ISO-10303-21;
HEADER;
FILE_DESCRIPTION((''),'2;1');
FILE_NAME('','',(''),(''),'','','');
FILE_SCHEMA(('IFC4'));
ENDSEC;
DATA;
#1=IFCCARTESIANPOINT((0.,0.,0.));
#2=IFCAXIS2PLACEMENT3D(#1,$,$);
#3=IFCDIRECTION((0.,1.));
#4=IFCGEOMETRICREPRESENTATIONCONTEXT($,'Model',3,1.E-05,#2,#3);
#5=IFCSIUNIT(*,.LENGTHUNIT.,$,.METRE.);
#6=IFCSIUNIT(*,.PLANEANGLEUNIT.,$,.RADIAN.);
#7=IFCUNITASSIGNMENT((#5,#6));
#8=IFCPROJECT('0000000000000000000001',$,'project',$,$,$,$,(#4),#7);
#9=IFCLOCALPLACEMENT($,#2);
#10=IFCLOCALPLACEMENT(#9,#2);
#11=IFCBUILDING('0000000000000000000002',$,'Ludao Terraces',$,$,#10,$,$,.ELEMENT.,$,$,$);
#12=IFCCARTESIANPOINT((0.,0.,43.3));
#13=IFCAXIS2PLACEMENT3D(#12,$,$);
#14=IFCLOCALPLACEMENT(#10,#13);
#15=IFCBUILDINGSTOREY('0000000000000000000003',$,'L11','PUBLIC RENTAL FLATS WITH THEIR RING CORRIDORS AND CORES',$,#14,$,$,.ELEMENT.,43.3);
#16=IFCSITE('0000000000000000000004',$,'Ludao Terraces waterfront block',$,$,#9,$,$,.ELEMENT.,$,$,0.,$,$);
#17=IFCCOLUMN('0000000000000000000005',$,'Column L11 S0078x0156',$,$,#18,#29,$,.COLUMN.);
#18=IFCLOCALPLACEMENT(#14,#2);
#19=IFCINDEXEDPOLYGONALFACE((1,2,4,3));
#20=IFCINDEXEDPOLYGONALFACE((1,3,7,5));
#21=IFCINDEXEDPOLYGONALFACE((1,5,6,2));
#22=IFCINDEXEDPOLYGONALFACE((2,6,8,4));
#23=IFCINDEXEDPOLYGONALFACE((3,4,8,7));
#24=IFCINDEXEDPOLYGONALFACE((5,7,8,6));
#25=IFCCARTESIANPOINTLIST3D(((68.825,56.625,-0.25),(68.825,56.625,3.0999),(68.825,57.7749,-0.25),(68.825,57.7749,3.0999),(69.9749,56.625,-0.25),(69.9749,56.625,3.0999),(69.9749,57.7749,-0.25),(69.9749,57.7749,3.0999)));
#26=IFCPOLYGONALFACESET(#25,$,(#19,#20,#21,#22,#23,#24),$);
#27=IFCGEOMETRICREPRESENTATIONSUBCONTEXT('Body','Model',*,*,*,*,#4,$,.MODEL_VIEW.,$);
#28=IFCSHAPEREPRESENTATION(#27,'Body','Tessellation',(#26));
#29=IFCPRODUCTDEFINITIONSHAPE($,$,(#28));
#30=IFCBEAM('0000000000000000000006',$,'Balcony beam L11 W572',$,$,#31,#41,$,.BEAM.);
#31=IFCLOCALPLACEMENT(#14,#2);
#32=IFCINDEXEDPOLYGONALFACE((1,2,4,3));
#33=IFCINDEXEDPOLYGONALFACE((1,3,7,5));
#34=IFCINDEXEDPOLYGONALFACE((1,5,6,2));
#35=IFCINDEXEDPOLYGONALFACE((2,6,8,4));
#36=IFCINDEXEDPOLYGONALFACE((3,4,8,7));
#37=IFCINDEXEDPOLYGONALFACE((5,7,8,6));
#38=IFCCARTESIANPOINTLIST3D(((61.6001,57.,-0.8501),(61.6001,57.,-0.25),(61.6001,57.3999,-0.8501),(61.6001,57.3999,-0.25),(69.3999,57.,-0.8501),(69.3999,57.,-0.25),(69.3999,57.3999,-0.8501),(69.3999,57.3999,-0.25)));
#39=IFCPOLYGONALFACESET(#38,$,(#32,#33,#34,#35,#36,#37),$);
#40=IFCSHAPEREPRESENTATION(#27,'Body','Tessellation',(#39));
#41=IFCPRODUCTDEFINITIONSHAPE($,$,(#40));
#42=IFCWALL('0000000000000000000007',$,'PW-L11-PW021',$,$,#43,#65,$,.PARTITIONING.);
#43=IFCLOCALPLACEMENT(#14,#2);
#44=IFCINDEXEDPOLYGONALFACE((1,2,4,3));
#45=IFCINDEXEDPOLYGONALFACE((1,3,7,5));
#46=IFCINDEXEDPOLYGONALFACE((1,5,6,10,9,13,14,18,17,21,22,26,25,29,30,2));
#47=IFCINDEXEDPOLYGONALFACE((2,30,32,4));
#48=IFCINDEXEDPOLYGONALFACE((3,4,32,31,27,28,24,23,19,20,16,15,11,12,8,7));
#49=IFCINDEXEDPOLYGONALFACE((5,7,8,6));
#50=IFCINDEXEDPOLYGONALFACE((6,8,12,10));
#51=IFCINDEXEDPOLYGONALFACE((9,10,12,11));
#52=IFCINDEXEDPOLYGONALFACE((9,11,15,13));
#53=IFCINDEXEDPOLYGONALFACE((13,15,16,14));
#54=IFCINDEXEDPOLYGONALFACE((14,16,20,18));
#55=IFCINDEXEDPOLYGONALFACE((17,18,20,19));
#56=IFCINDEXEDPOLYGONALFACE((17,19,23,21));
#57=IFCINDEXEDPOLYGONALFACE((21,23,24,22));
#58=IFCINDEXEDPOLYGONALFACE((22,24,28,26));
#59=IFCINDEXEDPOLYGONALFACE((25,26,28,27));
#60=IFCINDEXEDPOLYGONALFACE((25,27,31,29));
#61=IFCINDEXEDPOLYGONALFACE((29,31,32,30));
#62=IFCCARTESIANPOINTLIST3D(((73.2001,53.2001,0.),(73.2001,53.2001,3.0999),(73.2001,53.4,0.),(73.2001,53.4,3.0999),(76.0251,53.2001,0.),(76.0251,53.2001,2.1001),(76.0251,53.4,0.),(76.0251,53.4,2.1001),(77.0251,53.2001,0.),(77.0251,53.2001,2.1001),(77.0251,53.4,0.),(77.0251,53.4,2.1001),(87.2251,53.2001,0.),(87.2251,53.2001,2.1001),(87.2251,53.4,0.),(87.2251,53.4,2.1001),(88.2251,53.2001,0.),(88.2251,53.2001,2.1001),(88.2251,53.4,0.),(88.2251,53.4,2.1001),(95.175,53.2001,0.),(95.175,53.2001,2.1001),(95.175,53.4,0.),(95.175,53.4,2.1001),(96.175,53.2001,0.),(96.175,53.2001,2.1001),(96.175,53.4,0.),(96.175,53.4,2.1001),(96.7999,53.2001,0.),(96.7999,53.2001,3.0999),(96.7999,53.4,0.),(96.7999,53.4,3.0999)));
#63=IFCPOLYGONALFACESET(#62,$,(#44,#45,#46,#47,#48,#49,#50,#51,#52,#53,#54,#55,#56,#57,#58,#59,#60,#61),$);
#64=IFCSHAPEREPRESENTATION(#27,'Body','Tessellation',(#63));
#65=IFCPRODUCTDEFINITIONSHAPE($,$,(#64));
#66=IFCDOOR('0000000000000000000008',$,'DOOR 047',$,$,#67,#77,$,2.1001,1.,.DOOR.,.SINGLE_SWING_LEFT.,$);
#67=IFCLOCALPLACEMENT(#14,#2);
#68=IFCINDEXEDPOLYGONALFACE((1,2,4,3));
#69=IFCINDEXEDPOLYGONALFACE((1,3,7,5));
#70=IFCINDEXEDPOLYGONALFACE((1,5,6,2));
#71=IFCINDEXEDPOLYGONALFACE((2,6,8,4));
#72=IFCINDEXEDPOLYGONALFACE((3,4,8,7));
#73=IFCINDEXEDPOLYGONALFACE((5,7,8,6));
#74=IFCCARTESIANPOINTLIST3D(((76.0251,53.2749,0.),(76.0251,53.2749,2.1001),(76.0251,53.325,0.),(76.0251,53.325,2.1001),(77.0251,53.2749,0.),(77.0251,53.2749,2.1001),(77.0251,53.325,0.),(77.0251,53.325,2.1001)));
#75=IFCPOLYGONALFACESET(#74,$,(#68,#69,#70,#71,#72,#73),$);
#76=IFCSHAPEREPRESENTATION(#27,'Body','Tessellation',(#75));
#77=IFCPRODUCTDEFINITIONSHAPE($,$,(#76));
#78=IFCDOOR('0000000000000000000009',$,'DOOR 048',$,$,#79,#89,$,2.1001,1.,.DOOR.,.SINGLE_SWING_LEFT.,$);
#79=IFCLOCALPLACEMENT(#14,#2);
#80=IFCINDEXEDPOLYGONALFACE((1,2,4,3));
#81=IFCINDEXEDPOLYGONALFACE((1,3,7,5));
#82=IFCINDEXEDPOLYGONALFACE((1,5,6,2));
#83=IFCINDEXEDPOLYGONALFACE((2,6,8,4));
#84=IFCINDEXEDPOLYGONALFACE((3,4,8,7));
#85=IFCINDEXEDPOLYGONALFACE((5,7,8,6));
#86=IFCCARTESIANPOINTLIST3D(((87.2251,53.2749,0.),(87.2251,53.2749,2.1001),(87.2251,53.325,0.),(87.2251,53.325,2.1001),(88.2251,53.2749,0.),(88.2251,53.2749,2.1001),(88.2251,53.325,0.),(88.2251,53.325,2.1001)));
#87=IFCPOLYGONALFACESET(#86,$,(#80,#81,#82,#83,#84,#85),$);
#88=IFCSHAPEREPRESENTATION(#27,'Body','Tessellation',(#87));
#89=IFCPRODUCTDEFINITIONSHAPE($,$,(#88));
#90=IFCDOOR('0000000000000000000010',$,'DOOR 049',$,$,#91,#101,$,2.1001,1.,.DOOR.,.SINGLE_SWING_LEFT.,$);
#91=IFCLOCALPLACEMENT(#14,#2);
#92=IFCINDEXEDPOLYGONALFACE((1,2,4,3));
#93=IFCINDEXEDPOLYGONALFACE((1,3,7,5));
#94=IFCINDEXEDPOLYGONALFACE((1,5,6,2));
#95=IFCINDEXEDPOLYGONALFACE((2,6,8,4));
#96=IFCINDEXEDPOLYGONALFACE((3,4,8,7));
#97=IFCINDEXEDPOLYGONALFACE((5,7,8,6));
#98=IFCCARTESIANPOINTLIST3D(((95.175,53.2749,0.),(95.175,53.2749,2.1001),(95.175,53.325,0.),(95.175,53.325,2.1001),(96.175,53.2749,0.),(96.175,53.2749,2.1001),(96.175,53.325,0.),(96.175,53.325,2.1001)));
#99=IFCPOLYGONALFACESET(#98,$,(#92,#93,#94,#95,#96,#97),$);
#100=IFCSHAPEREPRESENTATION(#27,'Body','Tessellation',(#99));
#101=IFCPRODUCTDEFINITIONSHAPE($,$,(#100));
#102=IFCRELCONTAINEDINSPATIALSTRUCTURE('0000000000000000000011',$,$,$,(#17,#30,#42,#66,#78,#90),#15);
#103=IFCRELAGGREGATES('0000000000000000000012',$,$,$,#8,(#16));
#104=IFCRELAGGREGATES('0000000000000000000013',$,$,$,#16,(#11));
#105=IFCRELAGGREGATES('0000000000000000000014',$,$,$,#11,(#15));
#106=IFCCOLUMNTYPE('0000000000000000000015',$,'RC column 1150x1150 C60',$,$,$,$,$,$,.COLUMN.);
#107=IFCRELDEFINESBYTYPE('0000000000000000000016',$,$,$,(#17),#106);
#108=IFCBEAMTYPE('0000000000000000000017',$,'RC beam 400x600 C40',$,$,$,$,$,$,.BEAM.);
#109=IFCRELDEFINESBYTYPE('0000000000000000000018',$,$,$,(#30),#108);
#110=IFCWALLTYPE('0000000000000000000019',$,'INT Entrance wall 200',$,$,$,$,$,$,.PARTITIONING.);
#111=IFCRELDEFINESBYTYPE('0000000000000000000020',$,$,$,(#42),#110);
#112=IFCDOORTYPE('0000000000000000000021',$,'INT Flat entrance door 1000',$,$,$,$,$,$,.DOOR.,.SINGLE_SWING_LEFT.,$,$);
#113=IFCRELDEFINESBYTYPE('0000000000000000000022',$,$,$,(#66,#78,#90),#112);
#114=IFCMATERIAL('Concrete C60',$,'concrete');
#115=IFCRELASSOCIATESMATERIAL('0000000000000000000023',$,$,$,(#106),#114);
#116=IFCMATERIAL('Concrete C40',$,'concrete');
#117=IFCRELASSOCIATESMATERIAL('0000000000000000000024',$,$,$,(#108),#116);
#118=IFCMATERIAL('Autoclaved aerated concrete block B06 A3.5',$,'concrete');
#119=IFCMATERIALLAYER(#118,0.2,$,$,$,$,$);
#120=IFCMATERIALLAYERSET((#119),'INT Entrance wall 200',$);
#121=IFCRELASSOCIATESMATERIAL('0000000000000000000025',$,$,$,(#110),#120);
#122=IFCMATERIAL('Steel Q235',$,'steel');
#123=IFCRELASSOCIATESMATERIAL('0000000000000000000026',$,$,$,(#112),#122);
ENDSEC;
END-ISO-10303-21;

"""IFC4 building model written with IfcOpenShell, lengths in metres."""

from ifc_helpers import new_model, si_unit, direction, frame, frame_2d, origin, origin_2d, place, context, subcontext, project, spatial, rectangle, extrude, material, layer, layer_set, material_profile, profile_set, type_object, element, fill, save


model = new_model("IFC4")

# Units and contexts
model_context = context("Model", 3, precision=1e-05, world=origin(), true_north=direction((0.0, 1.0)))
body_context = subcontext(model_context, "Body", "Model", "MODEL_VIEW")
ifc_project = project(units=[si_unit("LENGTHUNIT", "METRE"), si_unit("PLANEANGLEUNIT", "RADIAN")], contexts=[model_context])

# Site, building, storey
site_placement = place(None, origin())
site = spatial("IfcSite", under=ifc_project, at=site_placement, Name="Ludao Terraces waterfront block", CompositionType="ELEMENT", RefElevation=0.0)
building_placement = place(site_placement, origin())
building = spatial("IfcBuilding", under=site, at=building_placement, Name="Ludao Terraces", CompositionType="ELEMENT")
storey_placement = place(building_placement, frame((0.0, 0.0, 43.3)))
storey = spatial("IfcBuildingStorey", under=building, at=storey_placement, Name="L11", Description="PUBLIC RENTAL FLATS WITH THEIR RING CORRIDORS AND CORES", CompositionType="ELEMENT", Elevation=43.3)

# Column
ifc_material_1 = material(Name="Concrete C60", Category="concrete")
ifc_material_profile_1 = material_profile(ifc_material_1, rectangle(XDim=1.1499, YDim=1.1499, at=origin_2d()), Name="1150 X 1150")
ifc_profile_set_1 = profile_set([ifc_material_profile_1], Name="Concrete C60")
column_type = type_object("IfcColumnType", Name="RC column 1150x1150 C60", PredefinedType="COLUMN", material=ifc_profile_set_1)
column_placement = place(storey_placement, frame((69.3999, 57.2, -0.25), z_axis=(0.0, 0.0, 1.0), x_axis=(1.0, 0.0, 0.0)))
element("IfcColumn", 1, at=column_placement, inside=storey, type_object=column_type, Name="Column L11 S0078x0156", PredefinedType="COLUMN", context=body_context, shape_type="SweptSolid", body=[
    extrude(rectangle(XDim=1.1499, YDim=1.1499, at=origin_2d()), origin(), (0.0, 0.0, 1.0), 3.3499),
])

# Beam
ifc_material_2 = material(Name="Concrete C40", Category="concrete")
ifc_material_profile_2 = material_profile(ifc_material_2, rectangle(XDim=0.3999, YDim=0.6001, at=origin_2d()), Name="400 X 600")
ifc_profile_set_2 = profile_set([ifc_material_profile_2], Name="Concrete C40")
beam_type = type_object("IfcBeamType", Name="RC beam 400x600 C40", PredefinedType="BEAM", material=ifc_profile_set_2)
beam_placement = place(storey_placement, frame((69.3999, 57.2, -0.55), z_axis=(-1.0, 0.0, 0.0), x_axis=(0.0, -1.0, 0.0)))
element("IfcBeam", 2, at=beam_placement, inside=storey, type_object=beam_type, Name="Balcony beam L11 W572", PredefinedType="BEAM", context=body_context, shape_type="SweptSolid", body=[
    extrude(rectangle(XDim=0.3999, YDim=0.6001, at=origin_2d()), origin(), (0.0, 0.0, 1.0), 7.7998),
])

# Wall, openings, doors
ifc_material_3 = material(Name="Autoclaved aerated concrete block B06 A3.5", Category="concrete")
ifc_layer_1 = layer(ifc_material_3, 0.2)
ifc_layer_set_1 = layer_set([ifc_layer_1], Name="INT Entrance wall 200")
wall_type_1 = type_object("IfcWallType", Name="INT Entrance wall 200", PredefinedType="PARTITIONING", material=ifc_layer_set_1)
wall_1_placement = place(storey_placement, frame((73.2002, 53.3, 0.0), z_axis=(0.0, 0.0, 1.0), x_axis=(1.0, 0.0, 0.0)))
wall_1 = element("IfcWall", 3, at=wall_1_placement, inside=storey, type_object=wall_type_1, Name="PW-L11-PW021", PredefinedType="PARTITIONING", context=body_context, shape_type="SweptSolid", body=[
    extrude(rectangle(XDim=23.5999, YDim=0.2, at=frame_2d((11.7998, 0.0))), origin(), (0.0, 0.0, 1.0), 3.0999),
])
opening_1_placement = place(wall_1_placement, frame((2.825, 0.0, 0.0)))
opening_1 = element("IfcOpeningElement", 4, at=opening_1_placement, cuts=wall_1, PredefinedType="OPENING", context=body_context, shape_type="SweptSolid", body=[
    extrude(rectangle(XDim=1.0, YDim=2.1001, at=frame_2d((0.5, 1.05))), frame((0.0, 0.1099, 0.0), z_axis=(0.0, -1.0, 0.0), x_axis=(1.0, 0.0, 0.0)), (0.0, 0.0, 1.0), 0.22),
])
opening_2_placement = place(wall_1_placement, frame((14.0249, 0.0, 0.0)))
opening_2 = element("IfcOpeningElement", 5, at=opening_2_placement, cuts=wall_1, PredefinedType="OPENING", context=body_context, shape_type="SweptSolid", body=[
    extrude(rectangle(XDim=1.0, YDim=2.1001, at=frame_2d((0.5, 1.05))), frame((0.0, 0.1099, 0.0), z_axis=(0.0, -1.0, 0.0), x_axis=(1.0, 0.0, 0.0)), (0.0, 0.0, 1.0), 0.22),
])
opening_3_placement = place(wall_1_placement, frame((21.9749, 0.0, 0.0)))
opening_3 = element("IfcOpeningElement", 6, at=opening_3_placement, cuts=wall_1, PredefinedType="OPENING", context=body_context, shape_type="SweptSolid", body=[
    extrude(rectangle(XDim=1.0, YDim=2.1001, at=frame_2d((0.5, 1.05))), frame((0.0, 0.1099, 0.0), z_axis=(0.0, -1.0, 0.0), x_axis=(1.0, 0.0, 0.0)), (0.0, 0.0, 1.0), 0.22),
])
ifc_material_4 = material(Name="Steel Q235", Category="steel")
door_type_1 = type_object("IfcDoorType", Name="INT Flat entrance door 1000", OperationType="SINGLE_SWING_LEFT", PredefinedType="DOOR", material=ifc_material_4)
door_1_placement = place(opening_1_placement, origin())
door_1 = element("IfcDoor", 7, at=door_1_placement, inside=storey, type_object=door_type_1, Name="DOOR 047", OperationType="SINGLE_SWING_LEFT", OverallHeight=2.1001, OverallWidth=1.0, PredefinedType="DOOR", context=body_context, shape_type="SweptSolid", body=[
    extrude(rectangle(XDim=1.0, YDim=2.1001, at=frame_2d((0.5, 1.05))), frame((0.0, 0.0249, 0.0), z_axis=(0.0, -1.0, 0.0), x_axis=(1.0, 0.0, 0.0)), (0.0, 0.0, 1.0), 0.05),
])
fill(opening_1, door_1)
door_2_placement = place(opening_2_placement, origin())
door_2 = element("IfcDoor", 8, at=door_2_placement, inside=storey, type_object=door_type_1, Name="DOOR 048", OperationType="SINGLE_SWING_LEFT", OverallHeight=2.1001, OverallWidth=1.0, PredefinedType="DOOR", context=body_context, shape_type="SweptSolid", body=[
    extrude(rectangle(XDim=1.0, YDim=2.1001, at=frame_2d((0.5, 1.05))), frame((0.0, 0.0249, 0.0), z_axis=(0.0, -1.0, 0.0), x_axis=(1.0, 0.0, 0.0)), (0.0, 0.0, 1.0), 0.05),
])
fill(opening_2, door_2)
door_3_placement = place(opening_3_placement, origin())
door_3 = element("IfcDoor", 9, at=door_3_placement, inside=storey, type_object=door_type_1, Name="DOOR 049", OperationType="SINGLE_SWING_LEFT", OverallHeight=2.1001, OverallWidth=1.0, PredefinedType="DOOR", context=body_context, shape_type="SweptSolid", body=[
    extrude(rectangle(XDim=1.0, YDim=2.1001, at=frame_2d((0.5, 1.05))), frame((0.0, 0.0249, 0.0), z_axis=(0.0, -1.0, 0.0), x_axis=(1.0, 0.0, 0.0)), (0.0, 0.0, 1.0), 0.05),
])
fill(opening_3, door_3)

save(model, "model.ifc")
